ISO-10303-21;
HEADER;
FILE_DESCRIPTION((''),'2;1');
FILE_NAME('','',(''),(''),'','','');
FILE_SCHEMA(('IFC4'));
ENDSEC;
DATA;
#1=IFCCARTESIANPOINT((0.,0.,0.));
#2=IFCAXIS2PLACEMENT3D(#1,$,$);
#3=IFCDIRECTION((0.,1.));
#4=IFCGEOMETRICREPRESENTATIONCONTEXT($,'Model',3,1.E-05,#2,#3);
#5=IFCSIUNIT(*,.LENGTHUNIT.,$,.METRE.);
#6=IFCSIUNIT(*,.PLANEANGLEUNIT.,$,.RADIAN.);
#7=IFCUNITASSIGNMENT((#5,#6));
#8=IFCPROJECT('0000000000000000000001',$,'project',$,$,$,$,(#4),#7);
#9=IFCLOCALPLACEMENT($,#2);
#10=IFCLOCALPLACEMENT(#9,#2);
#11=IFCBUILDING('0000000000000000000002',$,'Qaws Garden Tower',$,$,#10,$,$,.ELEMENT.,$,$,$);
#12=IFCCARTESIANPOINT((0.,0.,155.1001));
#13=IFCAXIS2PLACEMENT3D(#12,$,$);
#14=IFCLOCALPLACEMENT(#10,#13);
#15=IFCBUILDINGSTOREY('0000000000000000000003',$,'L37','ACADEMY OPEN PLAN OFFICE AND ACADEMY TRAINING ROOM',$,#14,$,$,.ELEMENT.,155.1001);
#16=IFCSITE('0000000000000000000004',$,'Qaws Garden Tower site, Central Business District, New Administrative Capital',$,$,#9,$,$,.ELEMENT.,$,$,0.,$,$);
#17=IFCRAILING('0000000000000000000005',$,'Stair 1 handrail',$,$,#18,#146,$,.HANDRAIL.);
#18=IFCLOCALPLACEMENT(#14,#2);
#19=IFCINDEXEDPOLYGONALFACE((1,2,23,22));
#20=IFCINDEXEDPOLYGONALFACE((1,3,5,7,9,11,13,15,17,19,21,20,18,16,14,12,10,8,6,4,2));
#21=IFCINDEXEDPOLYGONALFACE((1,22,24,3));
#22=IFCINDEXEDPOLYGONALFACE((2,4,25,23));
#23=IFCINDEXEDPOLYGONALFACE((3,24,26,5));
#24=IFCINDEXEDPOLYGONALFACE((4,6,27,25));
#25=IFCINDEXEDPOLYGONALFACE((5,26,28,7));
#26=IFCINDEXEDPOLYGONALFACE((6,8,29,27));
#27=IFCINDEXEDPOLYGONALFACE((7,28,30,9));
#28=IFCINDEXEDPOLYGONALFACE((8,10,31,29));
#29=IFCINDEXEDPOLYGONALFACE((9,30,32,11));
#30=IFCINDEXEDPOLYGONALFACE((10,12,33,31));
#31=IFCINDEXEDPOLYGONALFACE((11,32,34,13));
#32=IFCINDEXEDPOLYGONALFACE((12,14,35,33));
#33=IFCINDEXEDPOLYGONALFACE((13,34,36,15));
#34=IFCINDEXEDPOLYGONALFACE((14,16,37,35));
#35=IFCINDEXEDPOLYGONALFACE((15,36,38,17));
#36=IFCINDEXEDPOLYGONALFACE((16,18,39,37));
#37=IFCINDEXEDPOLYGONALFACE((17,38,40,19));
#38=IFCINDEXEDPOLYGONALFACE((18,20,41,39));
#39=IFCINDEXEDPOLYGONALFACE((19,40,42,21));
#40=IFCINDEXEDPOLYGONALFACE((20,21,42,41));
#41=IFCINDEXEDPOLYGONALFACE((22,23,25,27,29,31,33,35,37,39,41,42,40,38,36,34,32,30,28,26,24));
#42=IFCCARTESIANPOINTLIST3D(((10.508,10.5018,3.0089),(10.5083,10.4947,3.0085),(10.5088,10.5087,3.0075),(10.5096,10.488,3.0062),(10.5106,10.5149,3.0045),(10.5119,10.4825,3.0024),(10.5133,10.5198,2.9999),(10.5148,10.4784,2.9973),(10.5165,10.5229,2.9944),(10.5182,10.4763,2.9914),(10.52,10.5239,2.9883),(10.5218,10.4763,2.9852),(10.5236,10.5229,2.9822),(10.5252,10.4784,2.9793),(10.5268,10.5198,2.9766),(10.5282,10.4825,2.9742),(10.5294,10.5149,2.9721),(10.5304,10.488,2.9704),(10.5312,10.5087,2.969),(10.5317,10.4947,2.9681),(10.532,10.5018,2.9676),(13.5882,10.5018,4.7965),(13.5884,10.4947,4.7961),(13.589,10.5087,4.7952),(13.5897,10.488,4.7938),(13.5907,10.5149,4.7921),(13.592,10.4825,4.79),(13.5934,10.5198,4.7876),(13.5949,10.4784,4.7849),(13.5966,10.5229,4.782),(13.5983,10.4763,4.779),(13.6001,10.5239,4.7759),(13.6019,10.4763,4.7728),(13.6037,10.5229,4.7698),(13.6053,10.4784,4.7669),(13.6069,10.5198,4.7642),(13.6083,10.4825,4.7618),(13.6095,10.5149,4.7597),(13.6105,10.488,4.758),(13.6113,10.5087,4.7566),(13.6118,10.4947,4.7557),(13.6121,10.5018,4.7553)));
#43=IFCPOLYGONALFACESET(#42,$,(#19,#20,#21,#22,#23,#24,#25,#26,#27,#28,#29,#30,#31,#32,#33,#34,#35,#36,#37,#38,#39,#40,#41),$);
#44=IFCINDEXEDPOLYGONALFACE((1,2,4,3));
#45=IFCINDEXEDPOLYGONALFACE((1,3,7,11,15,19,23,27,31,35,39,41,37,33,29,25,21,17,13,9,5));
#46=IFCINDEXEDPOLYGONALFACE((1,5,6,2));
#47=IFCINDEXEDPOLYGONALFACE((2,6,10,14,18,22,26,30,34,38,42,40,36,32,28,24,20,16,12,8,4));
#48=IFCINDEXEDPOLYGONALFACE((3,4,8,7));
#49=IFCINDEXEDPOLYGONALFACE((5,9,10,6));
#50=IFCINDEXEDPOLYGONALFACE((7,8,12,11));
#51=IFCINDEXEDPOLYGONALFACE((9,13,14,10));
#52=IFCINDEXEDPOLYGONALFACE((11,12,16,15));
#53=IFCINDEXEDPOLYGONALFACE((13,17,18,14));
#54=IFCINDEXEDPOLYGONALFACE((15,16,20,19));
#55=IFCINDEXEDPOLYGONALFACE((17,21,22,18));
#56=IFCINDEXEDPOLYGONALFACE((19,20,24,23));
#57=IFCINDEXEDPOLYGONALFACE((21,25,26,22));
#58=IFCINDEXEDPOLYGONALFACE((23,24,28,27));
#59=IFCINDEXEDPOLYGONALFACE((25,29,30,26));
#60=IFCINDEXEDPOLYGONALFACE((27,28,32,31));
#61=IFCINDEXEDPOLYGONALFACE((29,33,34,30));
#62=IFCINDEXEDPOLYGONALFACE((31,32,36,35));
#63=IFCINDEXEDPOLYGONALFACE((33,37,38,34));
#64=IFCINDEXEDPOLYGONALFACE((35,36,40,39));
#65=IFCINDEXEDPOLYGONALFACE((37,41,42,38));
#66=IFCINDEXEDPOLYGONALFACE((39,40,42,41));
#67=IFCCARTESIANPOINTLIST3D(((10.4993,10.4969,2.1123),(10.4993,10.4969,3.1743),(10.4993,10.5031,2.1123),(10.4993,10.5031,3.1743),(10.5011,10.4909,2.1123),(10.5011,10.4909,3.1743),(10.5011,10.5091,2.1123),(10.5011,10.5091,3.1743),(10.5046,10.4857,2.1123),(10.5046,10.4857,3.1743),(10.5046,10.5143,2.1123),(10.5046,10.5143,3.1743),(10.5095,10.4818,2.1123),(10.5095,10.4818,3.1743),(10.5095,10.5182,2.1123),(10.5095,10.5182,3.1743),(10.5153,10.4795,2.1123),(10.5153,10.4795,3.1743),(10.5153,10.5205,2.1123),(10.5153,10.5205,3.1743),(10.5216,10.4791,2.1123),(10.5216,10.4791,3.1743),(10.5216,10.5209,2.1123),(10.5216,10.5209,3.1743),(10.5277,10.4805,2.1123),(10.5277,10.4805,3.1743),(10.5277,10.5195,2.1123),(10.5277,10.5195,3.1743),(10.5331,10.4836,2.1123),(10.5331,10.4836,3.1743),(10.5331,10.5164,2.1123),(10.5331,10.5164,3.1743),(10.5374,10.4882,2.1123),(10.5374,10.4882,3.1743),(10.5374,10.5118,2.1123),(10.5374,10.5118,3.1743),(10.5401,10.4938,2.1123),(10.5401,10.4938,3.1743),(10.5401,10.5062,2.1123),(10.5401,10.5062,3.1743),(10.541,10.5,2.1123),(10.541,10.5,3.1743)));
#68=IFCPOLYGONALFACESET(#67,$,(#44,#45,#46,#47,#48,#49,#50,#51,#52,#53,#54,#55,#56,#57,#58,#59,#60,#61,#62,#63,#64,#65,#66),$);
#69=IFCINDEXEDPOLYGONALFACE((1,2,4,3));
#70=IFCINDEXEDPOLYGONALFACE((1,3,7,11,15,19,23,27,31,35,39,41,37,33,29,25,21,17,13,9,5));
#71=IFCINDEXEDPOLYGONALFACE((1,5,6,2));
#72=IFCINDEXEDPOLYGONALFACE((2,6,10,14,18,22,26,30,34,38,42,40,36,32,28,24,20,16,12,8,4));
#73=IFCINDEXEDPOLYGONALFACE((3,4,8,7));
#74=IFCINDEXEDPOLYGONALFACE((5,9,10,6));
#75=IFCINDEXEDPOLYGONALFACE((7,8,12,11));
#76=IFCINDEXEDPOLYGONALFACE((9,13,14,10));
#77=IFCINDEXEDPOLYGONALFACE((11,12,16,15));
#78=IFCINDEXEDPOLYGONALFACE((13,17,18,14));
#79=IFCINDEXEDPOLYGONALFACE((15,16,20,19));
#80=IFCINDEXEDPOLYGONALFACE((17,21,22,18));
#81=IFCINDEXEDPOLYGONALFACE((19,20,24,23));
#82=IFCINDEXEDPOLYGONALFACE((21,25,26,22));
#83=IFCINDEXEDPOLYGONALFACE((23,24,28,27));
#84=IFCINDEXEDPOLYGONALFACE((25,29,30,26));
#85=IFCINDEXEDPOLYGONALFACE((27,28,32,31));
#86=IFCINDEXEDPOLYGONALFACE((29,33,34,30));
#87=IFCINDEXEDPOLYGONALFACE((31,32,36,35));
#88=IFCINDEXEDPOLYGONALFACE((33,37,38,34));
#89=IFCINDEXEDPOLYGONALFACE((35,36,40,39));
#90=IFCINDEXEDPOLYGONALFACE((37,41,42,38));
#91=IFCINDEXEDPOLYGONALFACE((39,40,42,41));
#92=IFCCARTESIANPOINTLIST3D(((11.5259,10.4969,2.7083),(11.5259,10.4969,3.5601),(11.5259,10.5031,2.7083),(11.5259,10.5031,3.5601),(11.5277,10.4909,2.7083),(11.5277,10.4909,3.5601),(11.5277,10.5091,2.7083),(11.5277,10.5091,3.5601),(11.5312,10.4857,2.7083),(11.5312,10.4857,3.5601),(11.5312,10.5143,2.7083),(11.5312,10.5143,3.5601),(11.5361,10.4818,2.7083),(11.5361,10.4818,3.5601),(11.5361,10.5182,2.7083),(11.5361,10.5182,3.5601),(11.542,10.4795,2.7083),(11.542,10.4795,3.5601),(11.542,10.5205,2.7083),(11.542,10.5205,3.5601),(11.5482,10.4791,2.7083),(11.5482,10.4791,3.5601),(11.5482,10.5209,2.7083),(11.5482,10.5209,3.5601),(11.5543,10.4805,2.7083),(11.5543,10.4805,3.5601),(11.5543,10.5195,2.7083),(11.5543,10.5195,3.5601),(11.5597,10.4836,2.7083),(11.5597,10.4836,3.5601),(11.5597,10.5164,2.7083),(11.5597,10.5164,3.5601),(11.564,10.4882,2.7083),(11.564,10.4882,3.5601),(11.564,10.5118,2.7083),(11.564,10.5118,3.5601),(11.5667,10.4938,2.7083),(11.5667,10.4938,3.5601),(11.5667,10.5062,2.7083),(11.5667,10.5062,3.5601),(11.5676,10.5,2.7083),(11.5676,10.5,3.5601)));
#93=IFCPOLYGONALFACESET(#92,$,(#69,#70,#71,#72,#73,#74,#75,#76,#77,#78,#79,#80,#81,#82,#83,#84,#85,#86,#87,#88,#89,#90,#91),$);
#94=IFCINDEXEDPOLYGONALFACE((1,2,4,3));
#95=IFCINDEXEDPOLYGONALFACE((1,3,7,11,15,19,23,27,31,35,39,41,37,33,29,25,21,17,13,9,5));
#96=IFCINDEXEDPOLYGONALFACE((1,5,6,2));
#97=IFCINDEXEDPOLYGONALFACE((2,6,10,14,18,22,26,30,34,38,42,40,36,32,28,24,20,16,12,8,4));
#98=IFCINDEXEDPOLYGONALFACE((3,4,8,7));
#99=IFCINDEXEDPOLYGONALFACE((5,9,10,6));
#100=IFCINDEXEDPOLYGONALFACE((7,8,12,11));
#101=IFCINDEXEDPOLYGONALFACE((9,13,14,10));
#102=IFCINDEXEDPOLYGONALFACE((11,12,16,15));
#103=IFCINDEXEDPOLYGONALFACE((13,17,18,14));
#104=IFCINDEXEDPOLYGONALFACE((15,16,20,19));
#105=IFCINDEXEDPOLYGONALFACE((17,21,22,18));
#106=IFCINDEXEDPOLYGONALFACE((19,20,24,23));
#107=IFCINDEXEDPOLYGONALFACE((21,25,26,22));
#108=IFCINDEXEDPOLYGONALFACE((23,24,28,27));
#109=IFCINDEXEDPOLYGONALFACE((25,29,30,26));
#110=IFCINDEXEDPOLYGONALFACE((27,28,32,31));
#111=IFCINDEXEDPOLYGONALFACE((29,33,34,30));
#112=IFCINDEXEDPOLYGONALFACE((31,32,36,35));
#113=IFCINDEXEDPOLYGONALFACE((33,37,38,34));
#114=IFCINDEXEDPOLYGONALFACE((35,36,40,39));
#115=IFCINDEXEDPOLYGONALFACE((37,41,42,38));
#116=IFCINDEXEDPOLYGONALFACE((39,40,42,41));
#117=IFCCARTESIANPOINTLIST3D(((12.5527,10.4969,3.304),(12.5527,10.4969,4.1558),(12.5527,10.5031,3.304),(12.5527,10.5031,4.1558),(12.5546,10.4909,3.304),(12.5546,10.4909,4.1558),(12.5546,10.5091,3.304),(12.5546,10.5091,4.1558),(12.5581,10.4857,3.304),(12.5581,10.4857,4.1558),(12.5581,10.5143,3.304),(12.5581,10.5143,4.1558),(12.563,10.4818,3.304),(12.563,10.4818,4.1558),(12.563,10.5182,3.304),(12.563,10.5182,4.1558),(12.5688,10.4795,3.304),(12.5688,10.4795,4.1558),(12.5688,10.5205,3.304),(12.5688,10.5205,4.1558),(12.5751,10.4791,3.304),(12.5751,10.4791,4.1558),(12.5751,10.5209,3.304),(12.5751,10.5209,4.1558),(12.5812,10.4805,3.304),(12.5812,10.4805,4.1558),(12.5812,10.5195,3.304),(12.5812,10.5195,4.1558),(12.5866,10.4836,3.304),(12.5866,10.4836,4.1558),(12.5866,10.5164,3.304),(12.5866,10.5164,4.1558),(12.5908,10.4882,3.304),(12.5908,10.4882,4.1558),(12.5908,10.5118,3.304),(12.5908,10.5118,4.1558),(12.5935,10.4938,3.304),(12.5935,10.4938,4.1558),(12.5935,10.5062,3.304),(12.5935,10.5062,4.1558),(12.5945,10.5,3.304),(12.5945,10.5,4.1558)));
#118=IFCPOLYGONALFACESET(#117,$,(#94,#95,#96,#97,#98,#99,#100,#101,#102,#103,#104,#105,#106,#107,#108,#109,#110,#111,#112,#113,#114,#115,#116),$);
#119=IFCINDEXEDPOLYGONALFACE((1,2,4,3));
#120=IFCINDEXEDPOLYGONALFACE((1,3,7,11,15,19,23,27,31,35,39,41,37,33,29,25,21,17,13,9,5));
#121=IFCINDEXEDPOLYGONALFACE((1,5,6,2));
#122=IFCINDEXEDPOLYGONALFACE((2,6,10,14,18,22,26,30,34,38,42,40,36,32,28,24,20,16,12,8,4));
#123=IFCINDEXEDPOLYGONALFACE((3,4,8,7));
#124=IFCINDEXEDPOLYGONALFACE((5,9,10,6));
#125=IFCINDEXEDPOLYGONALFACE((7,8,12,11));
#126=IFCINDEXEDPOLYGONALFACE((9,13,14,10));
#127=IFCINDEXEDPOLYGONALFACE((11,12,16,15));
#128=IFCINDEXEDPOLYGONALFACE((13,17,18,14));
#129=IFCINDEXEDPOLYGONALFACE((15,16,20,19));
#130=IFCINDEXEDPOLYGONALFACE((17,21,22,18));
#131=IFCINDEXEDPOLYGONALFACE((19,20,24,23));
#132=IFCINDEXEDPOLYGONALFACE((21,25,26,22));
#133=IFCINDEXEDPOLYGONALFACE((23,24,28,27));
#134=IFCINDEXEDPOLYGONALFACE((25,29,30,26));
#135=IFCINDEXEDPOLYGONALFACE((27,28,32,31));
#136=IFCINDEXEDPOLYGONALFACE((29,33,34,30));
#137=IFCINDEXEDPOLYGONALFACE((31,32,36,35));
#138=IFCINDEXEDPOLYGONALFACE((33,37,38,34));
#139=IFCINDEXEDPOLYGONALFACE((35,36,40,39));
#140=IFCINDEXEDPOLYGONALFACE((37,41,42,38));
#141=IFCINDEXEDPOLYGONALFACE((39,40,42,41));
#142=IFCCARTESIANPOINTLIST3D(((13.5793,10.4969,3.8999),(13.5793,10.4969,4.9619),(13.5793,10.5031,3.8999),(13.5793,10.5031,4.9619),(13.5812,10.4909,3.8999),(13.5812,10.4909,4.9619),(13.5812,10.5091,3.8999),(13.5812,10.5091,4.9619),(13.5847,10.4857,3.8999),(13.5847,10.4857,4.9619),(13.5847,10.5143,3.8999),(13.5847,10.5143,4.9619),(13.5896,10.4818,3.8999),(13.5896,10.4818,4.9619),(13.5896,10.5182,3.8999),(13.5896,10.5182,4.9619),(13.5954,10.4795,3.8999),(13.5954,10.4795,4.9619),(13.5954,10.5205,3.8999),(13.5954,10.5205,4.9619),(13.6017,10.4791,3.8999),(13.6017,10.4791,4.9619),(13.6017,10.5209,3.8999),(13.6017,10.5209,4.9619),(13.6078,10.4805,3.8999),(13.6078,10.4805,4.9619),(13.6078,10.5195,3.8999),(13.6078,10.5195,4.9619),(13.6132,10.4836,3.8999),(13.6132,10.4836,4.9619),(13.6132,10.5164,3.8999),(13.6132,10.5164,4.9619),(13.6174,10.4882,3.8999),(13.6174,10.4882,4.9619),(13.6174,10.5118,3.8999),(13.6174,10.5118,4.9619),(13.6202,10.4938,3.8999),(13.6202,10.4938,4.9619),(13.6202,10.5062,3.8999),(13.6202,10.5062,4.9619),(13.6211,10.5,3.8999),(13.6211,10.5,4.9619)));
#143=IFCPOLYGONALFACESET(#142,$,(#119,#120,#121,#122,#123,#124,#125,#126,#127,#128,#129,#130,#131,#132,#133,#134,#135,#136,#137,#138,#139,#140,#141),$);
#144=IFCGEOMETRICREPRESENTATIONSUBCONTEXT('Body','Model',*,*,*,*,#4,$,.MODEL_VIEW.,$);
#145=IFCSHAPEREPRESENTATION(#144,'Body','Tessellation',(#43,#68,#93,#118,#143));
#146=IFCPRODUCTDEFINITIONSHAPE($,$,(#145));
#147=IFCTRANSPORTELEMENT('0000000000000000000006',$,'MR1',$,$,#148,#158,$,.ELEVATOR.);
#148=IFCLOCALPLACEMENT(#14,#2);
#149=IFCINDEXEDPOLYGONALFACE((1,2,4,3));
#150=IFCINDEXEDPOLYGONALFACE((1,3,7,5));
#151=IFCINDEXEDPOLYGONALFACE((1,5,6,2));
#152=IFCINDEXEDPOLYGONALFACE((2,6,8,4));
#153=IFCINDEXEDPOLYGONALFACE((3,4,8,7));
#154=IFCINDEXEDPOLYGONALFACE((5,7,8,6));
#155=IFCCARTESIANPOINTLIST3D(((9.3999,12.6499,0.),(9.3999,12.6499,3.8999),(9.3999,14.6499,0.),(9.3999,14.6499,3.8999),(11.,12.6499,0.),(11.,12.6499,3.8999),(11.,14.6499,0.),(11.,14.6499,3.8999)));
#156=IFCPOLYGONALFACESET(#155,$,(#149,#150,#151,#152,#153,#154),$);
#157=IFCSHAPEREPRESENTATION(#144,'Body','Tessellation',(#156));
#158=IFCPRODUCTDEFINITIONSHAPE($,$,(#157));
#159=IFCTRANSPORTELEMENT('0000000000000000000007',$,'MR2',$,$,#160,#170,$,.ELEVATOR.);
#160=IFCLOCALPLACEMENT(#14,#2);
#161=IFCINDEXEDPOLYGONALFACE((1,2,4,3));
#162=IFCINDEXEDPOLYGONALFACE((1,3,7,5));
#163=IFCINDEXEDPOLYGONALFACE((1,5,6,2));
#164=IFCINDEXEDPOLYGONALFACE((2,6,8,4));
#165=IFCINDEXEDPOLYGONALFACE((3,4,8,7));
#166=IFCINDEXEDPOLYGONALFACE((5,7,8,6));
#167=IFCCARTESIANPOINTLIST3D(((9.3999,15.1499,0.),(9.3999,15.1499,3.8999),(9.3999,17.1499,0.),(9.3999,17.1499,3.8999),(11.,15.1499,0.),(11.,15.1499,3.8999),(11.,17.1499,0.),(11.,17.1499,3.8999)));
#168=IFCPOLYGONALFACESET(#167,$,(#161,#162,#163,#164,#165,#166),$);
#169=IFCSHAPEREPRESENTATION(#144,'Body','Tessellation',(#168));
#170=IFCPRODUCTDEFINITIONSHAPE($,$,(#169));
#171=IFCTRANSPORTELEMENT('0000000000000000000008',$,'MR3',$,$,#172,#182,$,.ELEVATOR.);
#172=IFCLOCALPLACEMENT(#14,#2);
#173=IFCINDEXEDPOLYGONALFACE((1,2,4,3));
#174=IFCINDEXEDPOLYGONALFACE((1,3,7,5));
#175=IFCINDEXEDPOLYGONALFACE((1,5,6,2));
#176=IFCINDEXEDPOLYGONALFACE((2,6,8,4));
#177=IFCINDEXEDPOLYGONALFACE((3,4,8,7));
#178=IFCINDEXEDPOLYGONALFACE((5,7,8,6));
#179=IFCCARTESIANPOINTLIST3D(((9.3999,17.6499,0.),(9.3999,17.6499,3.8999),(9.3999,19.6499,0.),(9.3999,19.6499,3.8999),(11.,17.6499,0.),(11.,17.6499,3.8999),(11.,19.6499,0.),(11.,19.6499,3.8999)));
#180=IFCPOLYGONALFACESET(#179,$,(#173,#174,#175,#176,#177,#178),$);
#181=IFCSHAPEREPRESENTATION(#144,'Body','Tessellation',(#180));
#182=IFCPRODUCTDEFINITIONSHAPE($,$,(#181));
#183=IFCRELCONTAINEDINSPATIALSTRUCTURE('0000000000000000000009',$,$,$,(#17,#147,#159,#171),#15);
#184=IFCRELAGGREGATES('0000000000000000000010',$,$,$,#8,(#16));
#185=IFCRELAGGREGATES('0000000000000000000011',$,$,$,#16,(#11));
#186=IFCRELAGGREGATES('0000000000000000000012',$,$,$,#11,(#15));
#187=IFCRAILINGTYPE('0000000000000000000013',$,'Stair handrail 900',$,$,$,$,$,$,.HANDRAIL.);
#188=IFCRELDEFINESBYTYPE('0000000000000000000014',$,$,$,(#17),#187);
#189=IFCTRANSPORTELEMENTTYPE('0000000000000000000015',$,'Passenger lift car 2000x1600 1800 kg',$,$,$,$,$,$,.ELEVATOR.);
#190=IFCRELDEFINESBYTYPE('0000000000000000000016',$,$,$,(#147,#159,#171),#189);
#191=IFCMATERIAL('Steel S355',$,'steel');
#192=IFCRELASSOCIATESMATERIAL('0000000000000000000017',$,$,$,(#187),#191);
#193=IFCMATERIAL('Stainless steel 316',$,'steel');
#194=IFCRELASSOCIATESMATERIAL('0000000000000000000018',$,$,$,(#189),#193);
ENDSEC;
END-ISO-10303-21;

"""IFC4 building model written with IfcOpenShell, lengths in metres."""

from ifc_helpers import new_model, si_unit, direction, frame, origin, origin_2d, place, context, subcontext, project, spatial, rectangle, circle, extrude, material, type_object, element, save


model = new_model("IFC4")

# Units and contexts
model_context = context("Model", 3, precision=1e-05, world=origin(), true_north=direction((0.0, 1.0)))
body_context = subcontext(model_context, "Body", "Model", "MODEL_VIEW")
ifc_project = project(units=[si_unit("LENGTHUNIT", "METRE"), si_unit("PLANEANGLEUNIT", "RADIAN")], contexts=[model_context])

# Site, building, storey
site_placement = place(None, origin())
site = spatial("IfcSite", under=ifc_project, at=site_placement, Name="Qaws Garden Tower site, Central Business District, New Administrative Capital", CompositionType="ELEMENT", RefElevation=0.0)
building_placement = place(site_placement, origin())
building = spatial("IfcBuilding", under=site, at=building_placement, Name="Qaws Garden Tower", CompositionType="ELEMENT")
storey_placement = place(building_placement, frame((0.0, 0.0, 155.1001)))
storey = spatial("IfcBuildingStorey", under=building, at=storey_placement, Name="L37", Description="ACADEMY OPEN PLAN OFFICE AND ACADEMY TRAINING ROOM", CompositionType="ELEMENT", Elevation=155.1001)

# Railing
ifc_material_1 = material(Name="Steel S355", Category="steel")
railing_type = type_object("IfcRailingType", Name="Stair handrail 900", PredefinedType="HANDRAIL", material=ifc_material_1)
railing_1_placement = place(storey_placement, frame((10.52, 10.5, 2.1123)))
element("IfcRailing", 1, at=railing_1_placement, inside=storey, type_object=railing_type, Name="Stair 1 handrail", PredefinedType="HANDRAIL", context=body_context, shape_type="SweptSolid", body=[
    extrude(circle(Radius=0.0239, at=origin_2d()), frame((0.0, 0.0, 0.876), z_axis=(0.864891, 0.0, 0.50196), x_axis=(0.0, 1.0, 0.0)), (0.0, 0.0, 1.0), 3.5613),
    extrude(circle(Radius=0.021, at=origin_2d()), origin(), (0.0, 0.0, 1.0), 1.062),
    extrude(circle(Radius=0.021, at=origin_2d()), frame((1.0266, 0.0, 0.5959)), (0.0, 0.0, 1.0), 0.8518),
    extrude(circle(Radius=0.021, at=origin_2d()), frame((2.0535, 0.0, 1.1917)), (0.0, 0.0, 1.0), 0.8518),
    extrude(circle(Radius=0.021, at=origin_2d()), frame((3.0801, 0.0, 1.7876)), (0.0, 0.0, 1.0), 1.062),
])

# Transport elements
ifc_material_2 = material(Name="Stainless steel 316", Category="steel")
transport_element_type = type_object("IfcTransportElementType", Name="Passenger lift car 2000x1600 1800 kg", PredefinedType="ELEVATOR", material=ifc_material_2)
for number, where, z_axis, x_axis, name in (
    (2, (10.2, 13.6499, 0.0), (0.0, 0.0, 1.0), (1.0, 0.0, 0.0), "MR1"),
    (3, (10.2, 16.1499, 0.0), (0.0, 0.0, 1.0), (1.0, 0.0, 0.0), "MR2"),
    (4, (10.2, 18.6499, 0.0), (0.0, 0.0, 1.0), (1.0, 0.0, 0.0), "MR3"),
):
    element("IfcTransportElement", number, at=place(storey_placement, frame(where, z_axis=z_axis, x_axis=x_axis)), inside=storey, type_object=transport_element_type, Name=name, PredefinedType="ELEVATOR", context=body_context, shape_type="SweptSolid", body=[
        extrude(rectangle(XDim=1.6001, YDim=2.0, at=origin_2d()), origin(), (0.0, 0.0, 1.0), 3.8999),
    ])

save(model, "model.ifc")
